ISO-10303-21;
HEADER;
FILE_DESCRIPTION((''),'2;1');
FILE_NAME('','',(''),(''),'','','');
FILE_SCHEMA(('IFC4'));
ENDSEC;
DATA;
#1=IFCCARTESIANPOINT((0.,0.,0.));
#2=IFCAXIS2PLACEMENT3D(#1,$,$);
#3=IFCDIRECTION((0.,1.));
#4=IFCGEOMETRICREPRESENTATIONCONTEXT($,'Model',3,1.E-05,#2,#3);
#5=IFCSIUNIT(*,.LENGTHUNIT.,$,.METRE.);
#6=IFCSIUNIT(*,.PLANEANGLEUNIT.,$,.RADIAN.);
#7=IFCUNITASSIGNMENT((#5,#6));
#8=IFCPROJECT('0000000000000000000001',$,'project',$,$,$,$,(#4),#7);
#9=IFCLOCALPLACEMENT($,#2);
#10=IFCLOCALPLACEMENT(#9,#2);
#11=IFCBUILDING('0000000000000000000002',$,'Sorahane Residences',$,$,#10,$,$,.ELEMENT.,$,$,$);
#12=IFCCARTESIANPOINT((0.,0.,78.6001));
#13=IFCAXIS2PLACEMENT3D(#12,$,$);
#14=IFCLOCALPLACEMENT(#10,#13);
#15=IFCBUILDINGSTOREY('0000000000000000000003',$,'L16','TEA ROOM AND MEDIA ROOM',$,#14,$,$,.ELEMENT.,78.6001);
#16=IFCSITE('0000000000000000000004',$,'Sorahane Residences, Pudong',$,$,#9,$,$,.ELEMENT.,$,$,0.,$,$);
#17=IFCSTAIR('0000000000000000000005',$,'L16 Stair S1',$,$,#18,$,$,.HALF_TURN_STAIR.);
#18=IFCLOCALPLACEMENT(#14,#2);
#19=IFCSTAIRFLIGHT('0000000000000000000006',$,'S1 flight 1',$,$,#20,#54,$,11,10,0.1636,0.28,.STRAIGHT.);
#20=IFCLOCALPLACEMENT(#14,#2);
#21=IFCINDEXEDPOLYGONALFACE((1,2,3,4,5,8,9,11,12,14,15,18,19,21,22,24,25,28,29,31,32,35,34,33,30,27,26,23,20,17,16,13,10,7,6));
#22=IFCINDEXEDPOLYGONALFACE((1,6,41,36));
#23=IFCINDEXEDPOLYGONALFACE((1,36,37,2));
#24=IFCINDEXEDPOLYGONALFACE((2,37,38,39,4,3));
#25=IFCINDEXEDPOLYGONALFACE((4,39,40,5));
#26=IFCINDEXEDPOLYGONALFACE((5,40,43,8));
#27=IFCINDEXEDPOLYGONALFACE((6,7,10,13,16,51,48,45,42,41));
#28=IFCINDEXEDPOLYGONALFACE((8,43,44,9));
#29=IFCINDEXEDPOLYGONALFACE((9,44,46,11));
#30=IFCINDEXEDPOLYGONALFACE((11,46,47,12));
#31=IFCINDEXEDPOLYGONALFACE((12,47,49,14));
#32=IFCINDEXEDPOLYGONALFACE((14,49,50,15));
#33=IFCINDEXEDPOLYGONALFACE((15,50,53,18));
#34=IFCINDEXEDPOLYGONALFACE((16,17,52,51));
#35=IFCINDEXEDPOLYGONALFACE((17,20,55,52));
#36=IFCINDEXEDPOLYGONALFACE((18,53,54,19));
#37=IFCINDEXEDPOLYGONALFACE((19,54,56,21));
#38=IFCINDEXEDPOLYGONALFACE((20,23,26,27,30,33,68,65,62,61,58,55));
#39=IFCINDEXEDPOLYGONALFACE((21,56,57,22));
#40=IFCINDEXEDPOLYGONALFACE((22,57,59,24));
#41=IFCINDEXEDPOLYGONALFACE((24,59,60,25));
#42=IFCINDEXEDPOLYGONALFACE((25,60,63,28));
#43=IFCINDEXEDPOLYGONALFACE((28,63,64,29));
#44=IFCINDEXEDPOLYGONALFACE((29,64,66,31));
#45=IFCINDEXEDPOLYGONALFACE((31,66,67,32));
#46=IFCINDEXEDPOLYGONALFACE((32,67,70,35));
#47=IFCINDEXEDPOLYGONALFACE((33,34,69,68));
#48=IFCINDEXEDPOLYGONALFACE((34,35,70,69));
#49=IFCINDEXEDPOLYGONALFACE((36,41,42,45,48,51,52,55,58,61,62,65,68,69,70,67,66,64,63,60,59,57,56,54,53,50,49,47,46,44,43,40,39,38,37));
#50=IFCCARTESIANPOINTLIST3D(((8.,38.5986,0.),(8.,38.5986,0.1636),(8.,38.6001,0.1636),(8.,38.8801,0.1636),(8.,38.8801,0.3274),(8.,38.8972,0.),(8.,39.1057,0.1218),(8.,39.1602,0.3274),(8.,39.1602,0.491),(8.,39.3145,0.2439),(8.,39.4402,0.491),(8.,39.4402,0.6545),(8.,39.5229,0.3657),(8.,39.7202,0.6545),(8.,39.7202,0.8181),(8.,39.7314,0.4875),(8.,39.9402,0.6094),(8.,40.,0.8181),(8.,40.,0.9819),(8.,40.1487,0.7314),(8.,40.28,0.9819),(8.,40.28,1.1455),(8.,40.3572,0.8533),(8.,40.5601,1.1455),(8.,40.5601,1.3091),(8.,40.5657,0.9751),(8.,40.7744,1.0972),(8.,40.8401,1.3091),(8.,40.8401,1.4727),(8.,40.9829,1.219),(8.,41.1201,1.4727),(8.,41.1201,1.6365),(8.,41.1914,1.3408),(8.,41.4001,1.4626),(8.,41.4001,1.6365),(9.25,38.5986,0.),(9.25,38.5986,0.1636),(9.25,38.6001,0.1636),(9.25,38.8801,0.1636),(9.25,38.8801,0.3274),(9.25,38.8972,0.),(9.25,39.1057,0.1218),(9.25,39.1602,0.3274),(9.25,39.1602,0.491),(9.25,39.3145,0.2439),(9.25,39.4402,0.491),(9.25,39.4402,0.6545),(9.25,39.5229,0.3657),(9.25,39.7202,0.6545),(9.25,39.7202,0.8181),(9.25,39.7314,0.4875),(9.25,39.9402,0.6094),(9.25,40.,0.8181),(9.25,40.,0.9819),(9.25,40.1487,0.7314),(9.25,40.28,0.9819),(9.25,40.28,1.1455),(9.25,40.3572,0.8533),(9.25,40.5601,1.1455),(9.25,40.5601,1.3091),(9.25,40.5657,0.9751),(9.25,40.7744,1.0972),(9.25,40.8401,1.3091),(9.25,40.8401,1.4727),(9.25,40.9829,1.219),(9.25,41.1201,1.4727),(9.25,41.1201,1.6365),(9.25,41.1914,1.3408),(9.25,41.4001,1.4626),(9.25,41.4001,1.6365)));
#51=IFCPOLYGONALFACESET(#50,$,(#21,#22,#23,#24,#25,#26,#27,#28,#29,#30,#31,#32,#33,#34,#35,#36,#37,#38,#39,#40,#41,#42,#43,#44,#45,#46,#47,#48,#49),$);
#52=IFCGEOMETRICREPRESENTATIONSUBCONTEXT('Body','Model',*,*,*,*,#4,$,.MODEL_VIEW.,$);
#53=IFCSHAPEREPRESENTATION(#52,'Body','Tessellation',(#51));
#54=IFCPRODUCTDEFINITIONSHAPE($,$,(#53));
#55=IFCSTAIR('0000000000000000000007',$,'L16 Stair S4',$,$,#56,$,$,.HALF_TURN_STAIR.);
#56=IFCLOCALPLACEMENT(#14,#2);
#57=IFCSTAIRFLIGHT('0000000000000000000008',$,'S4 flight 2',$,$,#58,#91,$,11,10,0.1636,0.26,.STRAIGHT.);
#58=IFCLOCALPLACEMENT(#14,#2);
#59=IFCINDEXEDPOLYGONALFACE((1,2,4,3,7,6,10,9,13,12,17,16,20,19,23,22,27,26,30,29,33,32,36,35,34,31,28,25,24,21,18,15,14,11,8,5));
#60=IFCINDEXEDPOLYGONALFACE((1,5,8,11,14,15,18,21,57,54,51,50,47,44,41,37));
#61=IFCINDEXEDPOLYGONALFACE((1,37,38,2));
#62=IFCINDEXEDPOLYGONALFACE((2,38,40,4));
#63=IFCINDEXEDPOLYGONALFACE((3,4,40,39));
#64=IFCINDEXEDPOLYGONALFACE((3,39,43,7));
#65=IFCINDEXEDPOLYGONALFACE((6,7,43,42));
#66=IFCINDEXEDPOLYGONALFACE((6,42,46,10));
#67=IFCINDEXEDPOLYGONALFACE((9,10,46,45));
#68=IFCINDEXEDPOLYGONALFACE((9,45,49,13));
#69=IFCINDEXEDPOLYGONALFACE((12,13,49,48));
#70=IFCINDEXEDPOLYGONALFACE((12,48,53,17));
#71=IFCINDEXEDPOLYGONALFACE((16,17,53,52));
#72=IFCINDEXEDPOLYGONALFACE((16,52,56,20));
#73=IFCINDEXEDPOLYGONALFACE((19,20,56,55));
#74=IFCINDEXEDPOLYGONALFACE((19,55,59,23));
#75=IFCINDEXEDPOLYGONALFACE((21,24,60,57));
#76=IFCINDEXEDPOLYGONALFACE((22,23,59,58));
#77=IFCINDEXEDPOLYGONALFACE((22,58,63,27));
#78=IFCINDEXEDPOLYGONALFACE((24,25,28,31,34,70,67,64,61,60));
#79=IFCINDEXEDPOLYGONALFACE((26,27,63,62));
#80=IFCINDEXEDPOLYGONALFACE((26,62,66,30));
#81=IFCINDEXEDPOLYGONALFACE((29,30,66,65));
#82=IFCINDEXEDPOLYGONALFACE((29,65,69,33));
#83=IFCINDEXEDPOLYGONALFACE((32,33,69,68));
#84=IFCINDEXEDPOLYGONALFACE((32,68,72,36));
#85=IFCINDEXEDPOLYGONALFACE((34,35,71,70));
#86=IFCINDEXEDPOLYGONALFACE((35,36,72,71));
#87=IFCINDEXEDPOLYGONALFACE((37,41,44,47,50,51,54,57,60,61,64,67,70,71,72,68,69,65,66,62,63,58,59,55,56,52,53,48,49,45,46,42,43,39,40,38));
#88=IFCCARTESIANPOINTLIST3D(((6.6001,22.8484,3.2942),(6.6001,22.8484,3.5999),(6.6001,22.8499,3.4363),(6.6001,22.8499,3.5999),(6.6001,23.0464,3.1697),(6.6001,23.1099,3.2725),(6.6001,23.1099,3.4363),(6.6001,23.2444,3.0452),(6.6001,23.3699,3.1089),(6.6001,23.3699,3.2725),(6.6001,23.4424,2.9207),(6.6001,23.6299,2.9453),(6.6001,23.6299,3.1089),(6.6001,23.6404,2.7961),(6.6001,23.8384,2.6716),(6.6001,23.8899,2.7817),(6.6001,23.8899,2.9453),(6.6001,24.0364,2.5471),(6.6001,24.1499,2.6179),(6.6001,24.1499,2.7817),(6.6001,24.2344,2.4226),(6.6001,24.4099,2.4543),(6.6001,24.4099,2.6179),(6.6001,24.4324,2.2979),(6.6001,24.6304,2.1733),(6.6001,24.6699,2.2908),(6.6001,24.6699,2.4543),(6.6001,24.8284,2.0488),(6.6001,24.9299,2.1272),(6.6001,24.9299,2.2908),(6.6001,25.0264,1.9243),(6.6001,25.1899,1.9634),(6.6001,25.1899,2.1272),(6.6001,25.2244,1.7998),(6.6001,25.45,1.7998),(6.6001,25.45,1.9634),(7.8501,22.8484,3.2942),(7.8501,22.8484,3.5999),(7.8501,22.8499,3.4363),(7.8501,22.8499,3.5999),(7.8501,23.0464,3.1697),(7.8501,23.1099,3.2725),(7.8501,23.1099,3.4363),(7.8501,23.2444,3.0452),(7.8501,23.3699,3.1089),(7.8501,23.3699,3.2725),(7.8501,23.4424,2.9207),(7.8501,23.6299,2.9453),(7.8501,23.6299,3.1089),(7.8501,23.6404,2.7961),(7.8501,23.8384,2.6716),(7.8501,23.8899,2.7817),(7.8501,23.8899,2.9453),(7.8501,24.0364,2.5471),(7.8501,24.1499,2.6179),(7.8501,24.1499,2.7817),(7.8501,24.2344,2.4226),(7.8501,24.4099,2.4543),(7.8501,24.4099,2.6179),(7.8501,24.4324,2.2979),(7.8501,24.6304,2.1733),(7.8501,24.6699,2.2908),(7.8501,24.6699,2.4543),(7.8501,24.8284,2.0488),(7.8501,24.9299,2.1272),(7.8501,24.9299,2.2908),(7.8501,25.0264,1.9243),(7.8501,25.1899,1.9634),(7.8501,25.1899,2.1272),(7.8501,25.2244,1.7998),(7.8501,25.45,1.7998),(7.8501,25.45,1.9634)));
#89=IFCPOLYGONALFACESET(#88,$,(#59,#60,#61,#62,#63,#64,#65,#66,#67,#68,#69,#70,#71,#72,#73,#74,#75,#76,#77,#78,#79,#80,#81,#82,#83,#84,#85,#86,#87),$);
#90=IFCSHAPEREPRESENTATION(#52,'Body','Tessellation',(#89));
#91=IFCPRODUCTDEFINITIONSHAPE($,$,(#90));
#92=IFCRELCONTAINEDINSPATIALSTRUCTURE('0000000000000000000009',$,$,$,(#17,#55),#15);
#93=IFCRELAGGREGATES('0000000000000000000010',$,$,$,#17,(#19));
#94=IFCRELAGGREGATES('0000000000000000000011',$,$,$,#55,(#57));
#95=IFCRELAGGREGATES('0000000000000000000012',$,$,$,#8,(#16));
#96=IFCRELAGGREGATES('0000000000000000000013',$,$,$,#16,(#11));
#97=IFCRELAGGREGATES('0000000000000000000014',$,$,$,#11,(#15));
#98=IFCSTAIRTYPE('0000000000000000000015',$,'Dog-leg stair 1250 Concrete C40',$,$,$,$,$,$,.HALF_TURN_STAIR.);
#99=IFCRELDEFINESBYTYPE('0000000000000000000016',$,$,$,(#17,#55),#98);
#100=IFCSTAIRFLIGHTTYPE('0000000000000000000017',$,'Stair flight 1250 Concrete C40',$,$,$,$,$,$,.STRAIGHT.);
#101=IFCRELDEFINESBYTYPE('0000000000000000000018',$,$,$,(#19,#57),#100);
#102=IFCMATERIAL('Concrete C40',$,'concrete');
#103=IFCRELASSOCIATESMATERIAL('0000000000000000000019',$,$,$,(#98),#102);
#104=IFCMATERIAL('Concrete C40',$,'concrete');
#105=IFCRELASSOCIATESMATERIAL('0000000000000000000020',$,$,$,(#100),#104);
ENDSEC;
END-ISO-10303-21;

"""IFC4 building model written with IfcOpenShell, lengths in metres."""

from ifc_helpers import new_model, si_unit, direction, frame, origin, place, context, subcontext, project, spatial, polyline, outline, extrude, material, type_object, element, aggregate, save


model = new_model("IFC4")

# Units and contexts
model_context = context("Model", 3, precision=1e-05, world=origin(), true_north=direction((0.0, 1.0)))
body_context = subcontext(model_context, "Body", "Model", "MODEL_VIEW")
ifc_project = project(units=[si_unit("LENGTHUNIT", "METRE"), si_unit("PLANEANGLEUNIT", "RADIAN")], contexts=[model_context])

# Site, building, storey
site_placement = place(None, origin())
site = spatial("IfcSite", under=ifc_project, at=site_placement, Name="Sorahane Residences, Pudong", CompositionType="ELEMENT", RefElevation=0.0)
building_placement = place(site_placement, origin())
building = spatial("IfcBuilding", under=site, at=building_placement, Name="Sorahane Residences", CompositionType="ELEMENT")
storey_placement = place(building_placement, frame((0.0, 0.0, 78.6001)))
storey = spatial("IfcBuildingStorey", under=building, at=storey_placement, Name="L16", Description="TEA ROOM AND MEDIA ROOM", CompositionType="ELEMENT", Elevation=78.6001)

# Stairs, stair flights
ifc_material_1 = material(Name="Concrete C40", Category="concrete")
stair_type = type_object("IfcStairType", Name="Dog-leg stair 1250 Concrete C40", PredefinedType="HALF_TURN_STAIR", material=ifc_material_1)
stair_1_placement = place(storey_placement, origin())
stair_1 = element("IfcStair", 1, at=stair_1_placement, inside=storey, type_object=stair_type, Name="L16 Stair S1", PredefinedType="HALF_TURN_STAIR")
ifc_material_2 = material(Name="Concrete C40", Category="concrete")
stair_flight_type = type_object("IfcStairFlightType", Name="Stair flight 1250 Concrete C40", PredefinedType="STRAIGHT", material=ifc_material_2)
stair_flight_1_placement = place(storey_placement, frame((8.625, 38.6001, 0.0), z_axis=(0.0, 0.0, 1.0), x_axis=(0.0, 1.0, 0.0)))
stair_flight_1 = element("IfcStairFlight", 2, at=stair_flight_1_placement, type_object=stair_flight_type, Name="S1 flight 1", NumberOfRisers=11, NumberOfTreads=10, PredefinedType="STRAIGHT", RiserHeight=0.1636, TreadLength=0.28, context=body_context, shape_type="SweptSolid", body=[
    extrude(outline(polyline([(-0.0015, 0.0), (-0.0015, 0.1636), (0.0, 0.1636), (0.28, 0.1636), (0.28, 0.3274), (0.5601, 0.3274), (0.5601, 0.491), (0.8401, 0.491), (0.8401, 0.6545), (1.1201, 0.6545), (1.1201, 0.8181), (1.3999, 0.8181), (1.3999, 0.9819), (1.6799, 0.9819), (1.6799, 1.1455), (1.96, 1.1455), (1.96, 1.3091), (2.24, 1.3091), (2.24, 1.4727), (2.52, 1.4727), (2.52, 1.6365), (2.8, 1.6365), (2.8, 1.8), (2.8, 1.4626), (2.5913, 1.3408), (2.3828, 1.219), (2.1743, 1.0972), (1.9656, 0.9751), (1.7571, 0.8533), (1.5486, 0.7314), (1.3401, 0.6094), (1.1313, 0.4875), (0.9229, 0.3657), (0.7144, 0.2439), (0.5056, 0.1218), (0.2971, 0.0), (-0.0015, 0.0)])), frame((0.0, 0.625, 0.0), z_axis=(0.0, -1.0, 0.0), x_axis=(1.0, 0.0, 0.0)), (0.0, 0.0, 1.0), 1.25),
])
aggregate(stair_1, [stair_flight_1])
stair_2_placement = place(storey_placement, origin())
stair_2 = element("IfcStair", 3, at=stair_2_placement, inside=storey, type_object=stair_type, Name="L16 Stair S4", PredefinedType="HALF_TURN_STAIR")
stair_flight_2_placement = place(storey_placement, frame((7.2251, 25.45, 1.7998), z_axis=(0.0, 0.0, 1.0), x_axis=(0.0, -1.0, 0.0)))
stair_flight_2 = element("IfcStairFlight", 4, at=stair_flight_2_placement, type_object=stair_flight_type, Name="S4 flight 2", NumberOfRisers=11, NumberOfTreads=10, PredefinedType="STRAIGHT", RiserHeight=0.1636, TreadLength=0.26, context=body_context, shape_type="SweptSolid", body=[
    extrude(outline(polyline([(0.0, 0.0), (0.0, 0.1636), (0.26, 0.1636), (0.26, 0.3274), (0.52, 0.3274), (0.52, 0.491), (0.78, 0.491), (0.78, 0.6545), (1.04, 0.6545), (1.04, 0.8181), (1.3, 0.8181), (1.3, 0.9819), (1.5601, 0.9819), (1.5601, 1.1455), (1.8201, 1.1455), (1.8201, 1.3091), (2.0801, 1.3091), (2.0801, 1.4727), (2.3401, 1.4727), (2.3401, 1.6365), (2.6001, 1.6365), (2.6001, 1.8), (2.6016, 1.8), (2.6016, 1.4944), (2.4036, 1.3699), (2.2056, 1.2454), (2.0076, 1.1208), (1.8096, 0.9963), (1.6116, 0.8718), (1.4136, 0.7473), (1.2156, 0.6228), (1.0176, 0.498), (0.8196, 0.3735), (0.6216, 0.249), (0.4236, 0.1245), (0.2256, 0.0), (0.0, 0.0)])), frame((0.0, 0.625, 0.0), z_axis=(0.0, -1.0, 0.0), x_axis=(1.0, 0.0, 0.0)), (0.0, 0.0, 1.0), 1.25),
])
aggregate(stair_2, [stair_flight_2])

save(model, "model.ifc")
